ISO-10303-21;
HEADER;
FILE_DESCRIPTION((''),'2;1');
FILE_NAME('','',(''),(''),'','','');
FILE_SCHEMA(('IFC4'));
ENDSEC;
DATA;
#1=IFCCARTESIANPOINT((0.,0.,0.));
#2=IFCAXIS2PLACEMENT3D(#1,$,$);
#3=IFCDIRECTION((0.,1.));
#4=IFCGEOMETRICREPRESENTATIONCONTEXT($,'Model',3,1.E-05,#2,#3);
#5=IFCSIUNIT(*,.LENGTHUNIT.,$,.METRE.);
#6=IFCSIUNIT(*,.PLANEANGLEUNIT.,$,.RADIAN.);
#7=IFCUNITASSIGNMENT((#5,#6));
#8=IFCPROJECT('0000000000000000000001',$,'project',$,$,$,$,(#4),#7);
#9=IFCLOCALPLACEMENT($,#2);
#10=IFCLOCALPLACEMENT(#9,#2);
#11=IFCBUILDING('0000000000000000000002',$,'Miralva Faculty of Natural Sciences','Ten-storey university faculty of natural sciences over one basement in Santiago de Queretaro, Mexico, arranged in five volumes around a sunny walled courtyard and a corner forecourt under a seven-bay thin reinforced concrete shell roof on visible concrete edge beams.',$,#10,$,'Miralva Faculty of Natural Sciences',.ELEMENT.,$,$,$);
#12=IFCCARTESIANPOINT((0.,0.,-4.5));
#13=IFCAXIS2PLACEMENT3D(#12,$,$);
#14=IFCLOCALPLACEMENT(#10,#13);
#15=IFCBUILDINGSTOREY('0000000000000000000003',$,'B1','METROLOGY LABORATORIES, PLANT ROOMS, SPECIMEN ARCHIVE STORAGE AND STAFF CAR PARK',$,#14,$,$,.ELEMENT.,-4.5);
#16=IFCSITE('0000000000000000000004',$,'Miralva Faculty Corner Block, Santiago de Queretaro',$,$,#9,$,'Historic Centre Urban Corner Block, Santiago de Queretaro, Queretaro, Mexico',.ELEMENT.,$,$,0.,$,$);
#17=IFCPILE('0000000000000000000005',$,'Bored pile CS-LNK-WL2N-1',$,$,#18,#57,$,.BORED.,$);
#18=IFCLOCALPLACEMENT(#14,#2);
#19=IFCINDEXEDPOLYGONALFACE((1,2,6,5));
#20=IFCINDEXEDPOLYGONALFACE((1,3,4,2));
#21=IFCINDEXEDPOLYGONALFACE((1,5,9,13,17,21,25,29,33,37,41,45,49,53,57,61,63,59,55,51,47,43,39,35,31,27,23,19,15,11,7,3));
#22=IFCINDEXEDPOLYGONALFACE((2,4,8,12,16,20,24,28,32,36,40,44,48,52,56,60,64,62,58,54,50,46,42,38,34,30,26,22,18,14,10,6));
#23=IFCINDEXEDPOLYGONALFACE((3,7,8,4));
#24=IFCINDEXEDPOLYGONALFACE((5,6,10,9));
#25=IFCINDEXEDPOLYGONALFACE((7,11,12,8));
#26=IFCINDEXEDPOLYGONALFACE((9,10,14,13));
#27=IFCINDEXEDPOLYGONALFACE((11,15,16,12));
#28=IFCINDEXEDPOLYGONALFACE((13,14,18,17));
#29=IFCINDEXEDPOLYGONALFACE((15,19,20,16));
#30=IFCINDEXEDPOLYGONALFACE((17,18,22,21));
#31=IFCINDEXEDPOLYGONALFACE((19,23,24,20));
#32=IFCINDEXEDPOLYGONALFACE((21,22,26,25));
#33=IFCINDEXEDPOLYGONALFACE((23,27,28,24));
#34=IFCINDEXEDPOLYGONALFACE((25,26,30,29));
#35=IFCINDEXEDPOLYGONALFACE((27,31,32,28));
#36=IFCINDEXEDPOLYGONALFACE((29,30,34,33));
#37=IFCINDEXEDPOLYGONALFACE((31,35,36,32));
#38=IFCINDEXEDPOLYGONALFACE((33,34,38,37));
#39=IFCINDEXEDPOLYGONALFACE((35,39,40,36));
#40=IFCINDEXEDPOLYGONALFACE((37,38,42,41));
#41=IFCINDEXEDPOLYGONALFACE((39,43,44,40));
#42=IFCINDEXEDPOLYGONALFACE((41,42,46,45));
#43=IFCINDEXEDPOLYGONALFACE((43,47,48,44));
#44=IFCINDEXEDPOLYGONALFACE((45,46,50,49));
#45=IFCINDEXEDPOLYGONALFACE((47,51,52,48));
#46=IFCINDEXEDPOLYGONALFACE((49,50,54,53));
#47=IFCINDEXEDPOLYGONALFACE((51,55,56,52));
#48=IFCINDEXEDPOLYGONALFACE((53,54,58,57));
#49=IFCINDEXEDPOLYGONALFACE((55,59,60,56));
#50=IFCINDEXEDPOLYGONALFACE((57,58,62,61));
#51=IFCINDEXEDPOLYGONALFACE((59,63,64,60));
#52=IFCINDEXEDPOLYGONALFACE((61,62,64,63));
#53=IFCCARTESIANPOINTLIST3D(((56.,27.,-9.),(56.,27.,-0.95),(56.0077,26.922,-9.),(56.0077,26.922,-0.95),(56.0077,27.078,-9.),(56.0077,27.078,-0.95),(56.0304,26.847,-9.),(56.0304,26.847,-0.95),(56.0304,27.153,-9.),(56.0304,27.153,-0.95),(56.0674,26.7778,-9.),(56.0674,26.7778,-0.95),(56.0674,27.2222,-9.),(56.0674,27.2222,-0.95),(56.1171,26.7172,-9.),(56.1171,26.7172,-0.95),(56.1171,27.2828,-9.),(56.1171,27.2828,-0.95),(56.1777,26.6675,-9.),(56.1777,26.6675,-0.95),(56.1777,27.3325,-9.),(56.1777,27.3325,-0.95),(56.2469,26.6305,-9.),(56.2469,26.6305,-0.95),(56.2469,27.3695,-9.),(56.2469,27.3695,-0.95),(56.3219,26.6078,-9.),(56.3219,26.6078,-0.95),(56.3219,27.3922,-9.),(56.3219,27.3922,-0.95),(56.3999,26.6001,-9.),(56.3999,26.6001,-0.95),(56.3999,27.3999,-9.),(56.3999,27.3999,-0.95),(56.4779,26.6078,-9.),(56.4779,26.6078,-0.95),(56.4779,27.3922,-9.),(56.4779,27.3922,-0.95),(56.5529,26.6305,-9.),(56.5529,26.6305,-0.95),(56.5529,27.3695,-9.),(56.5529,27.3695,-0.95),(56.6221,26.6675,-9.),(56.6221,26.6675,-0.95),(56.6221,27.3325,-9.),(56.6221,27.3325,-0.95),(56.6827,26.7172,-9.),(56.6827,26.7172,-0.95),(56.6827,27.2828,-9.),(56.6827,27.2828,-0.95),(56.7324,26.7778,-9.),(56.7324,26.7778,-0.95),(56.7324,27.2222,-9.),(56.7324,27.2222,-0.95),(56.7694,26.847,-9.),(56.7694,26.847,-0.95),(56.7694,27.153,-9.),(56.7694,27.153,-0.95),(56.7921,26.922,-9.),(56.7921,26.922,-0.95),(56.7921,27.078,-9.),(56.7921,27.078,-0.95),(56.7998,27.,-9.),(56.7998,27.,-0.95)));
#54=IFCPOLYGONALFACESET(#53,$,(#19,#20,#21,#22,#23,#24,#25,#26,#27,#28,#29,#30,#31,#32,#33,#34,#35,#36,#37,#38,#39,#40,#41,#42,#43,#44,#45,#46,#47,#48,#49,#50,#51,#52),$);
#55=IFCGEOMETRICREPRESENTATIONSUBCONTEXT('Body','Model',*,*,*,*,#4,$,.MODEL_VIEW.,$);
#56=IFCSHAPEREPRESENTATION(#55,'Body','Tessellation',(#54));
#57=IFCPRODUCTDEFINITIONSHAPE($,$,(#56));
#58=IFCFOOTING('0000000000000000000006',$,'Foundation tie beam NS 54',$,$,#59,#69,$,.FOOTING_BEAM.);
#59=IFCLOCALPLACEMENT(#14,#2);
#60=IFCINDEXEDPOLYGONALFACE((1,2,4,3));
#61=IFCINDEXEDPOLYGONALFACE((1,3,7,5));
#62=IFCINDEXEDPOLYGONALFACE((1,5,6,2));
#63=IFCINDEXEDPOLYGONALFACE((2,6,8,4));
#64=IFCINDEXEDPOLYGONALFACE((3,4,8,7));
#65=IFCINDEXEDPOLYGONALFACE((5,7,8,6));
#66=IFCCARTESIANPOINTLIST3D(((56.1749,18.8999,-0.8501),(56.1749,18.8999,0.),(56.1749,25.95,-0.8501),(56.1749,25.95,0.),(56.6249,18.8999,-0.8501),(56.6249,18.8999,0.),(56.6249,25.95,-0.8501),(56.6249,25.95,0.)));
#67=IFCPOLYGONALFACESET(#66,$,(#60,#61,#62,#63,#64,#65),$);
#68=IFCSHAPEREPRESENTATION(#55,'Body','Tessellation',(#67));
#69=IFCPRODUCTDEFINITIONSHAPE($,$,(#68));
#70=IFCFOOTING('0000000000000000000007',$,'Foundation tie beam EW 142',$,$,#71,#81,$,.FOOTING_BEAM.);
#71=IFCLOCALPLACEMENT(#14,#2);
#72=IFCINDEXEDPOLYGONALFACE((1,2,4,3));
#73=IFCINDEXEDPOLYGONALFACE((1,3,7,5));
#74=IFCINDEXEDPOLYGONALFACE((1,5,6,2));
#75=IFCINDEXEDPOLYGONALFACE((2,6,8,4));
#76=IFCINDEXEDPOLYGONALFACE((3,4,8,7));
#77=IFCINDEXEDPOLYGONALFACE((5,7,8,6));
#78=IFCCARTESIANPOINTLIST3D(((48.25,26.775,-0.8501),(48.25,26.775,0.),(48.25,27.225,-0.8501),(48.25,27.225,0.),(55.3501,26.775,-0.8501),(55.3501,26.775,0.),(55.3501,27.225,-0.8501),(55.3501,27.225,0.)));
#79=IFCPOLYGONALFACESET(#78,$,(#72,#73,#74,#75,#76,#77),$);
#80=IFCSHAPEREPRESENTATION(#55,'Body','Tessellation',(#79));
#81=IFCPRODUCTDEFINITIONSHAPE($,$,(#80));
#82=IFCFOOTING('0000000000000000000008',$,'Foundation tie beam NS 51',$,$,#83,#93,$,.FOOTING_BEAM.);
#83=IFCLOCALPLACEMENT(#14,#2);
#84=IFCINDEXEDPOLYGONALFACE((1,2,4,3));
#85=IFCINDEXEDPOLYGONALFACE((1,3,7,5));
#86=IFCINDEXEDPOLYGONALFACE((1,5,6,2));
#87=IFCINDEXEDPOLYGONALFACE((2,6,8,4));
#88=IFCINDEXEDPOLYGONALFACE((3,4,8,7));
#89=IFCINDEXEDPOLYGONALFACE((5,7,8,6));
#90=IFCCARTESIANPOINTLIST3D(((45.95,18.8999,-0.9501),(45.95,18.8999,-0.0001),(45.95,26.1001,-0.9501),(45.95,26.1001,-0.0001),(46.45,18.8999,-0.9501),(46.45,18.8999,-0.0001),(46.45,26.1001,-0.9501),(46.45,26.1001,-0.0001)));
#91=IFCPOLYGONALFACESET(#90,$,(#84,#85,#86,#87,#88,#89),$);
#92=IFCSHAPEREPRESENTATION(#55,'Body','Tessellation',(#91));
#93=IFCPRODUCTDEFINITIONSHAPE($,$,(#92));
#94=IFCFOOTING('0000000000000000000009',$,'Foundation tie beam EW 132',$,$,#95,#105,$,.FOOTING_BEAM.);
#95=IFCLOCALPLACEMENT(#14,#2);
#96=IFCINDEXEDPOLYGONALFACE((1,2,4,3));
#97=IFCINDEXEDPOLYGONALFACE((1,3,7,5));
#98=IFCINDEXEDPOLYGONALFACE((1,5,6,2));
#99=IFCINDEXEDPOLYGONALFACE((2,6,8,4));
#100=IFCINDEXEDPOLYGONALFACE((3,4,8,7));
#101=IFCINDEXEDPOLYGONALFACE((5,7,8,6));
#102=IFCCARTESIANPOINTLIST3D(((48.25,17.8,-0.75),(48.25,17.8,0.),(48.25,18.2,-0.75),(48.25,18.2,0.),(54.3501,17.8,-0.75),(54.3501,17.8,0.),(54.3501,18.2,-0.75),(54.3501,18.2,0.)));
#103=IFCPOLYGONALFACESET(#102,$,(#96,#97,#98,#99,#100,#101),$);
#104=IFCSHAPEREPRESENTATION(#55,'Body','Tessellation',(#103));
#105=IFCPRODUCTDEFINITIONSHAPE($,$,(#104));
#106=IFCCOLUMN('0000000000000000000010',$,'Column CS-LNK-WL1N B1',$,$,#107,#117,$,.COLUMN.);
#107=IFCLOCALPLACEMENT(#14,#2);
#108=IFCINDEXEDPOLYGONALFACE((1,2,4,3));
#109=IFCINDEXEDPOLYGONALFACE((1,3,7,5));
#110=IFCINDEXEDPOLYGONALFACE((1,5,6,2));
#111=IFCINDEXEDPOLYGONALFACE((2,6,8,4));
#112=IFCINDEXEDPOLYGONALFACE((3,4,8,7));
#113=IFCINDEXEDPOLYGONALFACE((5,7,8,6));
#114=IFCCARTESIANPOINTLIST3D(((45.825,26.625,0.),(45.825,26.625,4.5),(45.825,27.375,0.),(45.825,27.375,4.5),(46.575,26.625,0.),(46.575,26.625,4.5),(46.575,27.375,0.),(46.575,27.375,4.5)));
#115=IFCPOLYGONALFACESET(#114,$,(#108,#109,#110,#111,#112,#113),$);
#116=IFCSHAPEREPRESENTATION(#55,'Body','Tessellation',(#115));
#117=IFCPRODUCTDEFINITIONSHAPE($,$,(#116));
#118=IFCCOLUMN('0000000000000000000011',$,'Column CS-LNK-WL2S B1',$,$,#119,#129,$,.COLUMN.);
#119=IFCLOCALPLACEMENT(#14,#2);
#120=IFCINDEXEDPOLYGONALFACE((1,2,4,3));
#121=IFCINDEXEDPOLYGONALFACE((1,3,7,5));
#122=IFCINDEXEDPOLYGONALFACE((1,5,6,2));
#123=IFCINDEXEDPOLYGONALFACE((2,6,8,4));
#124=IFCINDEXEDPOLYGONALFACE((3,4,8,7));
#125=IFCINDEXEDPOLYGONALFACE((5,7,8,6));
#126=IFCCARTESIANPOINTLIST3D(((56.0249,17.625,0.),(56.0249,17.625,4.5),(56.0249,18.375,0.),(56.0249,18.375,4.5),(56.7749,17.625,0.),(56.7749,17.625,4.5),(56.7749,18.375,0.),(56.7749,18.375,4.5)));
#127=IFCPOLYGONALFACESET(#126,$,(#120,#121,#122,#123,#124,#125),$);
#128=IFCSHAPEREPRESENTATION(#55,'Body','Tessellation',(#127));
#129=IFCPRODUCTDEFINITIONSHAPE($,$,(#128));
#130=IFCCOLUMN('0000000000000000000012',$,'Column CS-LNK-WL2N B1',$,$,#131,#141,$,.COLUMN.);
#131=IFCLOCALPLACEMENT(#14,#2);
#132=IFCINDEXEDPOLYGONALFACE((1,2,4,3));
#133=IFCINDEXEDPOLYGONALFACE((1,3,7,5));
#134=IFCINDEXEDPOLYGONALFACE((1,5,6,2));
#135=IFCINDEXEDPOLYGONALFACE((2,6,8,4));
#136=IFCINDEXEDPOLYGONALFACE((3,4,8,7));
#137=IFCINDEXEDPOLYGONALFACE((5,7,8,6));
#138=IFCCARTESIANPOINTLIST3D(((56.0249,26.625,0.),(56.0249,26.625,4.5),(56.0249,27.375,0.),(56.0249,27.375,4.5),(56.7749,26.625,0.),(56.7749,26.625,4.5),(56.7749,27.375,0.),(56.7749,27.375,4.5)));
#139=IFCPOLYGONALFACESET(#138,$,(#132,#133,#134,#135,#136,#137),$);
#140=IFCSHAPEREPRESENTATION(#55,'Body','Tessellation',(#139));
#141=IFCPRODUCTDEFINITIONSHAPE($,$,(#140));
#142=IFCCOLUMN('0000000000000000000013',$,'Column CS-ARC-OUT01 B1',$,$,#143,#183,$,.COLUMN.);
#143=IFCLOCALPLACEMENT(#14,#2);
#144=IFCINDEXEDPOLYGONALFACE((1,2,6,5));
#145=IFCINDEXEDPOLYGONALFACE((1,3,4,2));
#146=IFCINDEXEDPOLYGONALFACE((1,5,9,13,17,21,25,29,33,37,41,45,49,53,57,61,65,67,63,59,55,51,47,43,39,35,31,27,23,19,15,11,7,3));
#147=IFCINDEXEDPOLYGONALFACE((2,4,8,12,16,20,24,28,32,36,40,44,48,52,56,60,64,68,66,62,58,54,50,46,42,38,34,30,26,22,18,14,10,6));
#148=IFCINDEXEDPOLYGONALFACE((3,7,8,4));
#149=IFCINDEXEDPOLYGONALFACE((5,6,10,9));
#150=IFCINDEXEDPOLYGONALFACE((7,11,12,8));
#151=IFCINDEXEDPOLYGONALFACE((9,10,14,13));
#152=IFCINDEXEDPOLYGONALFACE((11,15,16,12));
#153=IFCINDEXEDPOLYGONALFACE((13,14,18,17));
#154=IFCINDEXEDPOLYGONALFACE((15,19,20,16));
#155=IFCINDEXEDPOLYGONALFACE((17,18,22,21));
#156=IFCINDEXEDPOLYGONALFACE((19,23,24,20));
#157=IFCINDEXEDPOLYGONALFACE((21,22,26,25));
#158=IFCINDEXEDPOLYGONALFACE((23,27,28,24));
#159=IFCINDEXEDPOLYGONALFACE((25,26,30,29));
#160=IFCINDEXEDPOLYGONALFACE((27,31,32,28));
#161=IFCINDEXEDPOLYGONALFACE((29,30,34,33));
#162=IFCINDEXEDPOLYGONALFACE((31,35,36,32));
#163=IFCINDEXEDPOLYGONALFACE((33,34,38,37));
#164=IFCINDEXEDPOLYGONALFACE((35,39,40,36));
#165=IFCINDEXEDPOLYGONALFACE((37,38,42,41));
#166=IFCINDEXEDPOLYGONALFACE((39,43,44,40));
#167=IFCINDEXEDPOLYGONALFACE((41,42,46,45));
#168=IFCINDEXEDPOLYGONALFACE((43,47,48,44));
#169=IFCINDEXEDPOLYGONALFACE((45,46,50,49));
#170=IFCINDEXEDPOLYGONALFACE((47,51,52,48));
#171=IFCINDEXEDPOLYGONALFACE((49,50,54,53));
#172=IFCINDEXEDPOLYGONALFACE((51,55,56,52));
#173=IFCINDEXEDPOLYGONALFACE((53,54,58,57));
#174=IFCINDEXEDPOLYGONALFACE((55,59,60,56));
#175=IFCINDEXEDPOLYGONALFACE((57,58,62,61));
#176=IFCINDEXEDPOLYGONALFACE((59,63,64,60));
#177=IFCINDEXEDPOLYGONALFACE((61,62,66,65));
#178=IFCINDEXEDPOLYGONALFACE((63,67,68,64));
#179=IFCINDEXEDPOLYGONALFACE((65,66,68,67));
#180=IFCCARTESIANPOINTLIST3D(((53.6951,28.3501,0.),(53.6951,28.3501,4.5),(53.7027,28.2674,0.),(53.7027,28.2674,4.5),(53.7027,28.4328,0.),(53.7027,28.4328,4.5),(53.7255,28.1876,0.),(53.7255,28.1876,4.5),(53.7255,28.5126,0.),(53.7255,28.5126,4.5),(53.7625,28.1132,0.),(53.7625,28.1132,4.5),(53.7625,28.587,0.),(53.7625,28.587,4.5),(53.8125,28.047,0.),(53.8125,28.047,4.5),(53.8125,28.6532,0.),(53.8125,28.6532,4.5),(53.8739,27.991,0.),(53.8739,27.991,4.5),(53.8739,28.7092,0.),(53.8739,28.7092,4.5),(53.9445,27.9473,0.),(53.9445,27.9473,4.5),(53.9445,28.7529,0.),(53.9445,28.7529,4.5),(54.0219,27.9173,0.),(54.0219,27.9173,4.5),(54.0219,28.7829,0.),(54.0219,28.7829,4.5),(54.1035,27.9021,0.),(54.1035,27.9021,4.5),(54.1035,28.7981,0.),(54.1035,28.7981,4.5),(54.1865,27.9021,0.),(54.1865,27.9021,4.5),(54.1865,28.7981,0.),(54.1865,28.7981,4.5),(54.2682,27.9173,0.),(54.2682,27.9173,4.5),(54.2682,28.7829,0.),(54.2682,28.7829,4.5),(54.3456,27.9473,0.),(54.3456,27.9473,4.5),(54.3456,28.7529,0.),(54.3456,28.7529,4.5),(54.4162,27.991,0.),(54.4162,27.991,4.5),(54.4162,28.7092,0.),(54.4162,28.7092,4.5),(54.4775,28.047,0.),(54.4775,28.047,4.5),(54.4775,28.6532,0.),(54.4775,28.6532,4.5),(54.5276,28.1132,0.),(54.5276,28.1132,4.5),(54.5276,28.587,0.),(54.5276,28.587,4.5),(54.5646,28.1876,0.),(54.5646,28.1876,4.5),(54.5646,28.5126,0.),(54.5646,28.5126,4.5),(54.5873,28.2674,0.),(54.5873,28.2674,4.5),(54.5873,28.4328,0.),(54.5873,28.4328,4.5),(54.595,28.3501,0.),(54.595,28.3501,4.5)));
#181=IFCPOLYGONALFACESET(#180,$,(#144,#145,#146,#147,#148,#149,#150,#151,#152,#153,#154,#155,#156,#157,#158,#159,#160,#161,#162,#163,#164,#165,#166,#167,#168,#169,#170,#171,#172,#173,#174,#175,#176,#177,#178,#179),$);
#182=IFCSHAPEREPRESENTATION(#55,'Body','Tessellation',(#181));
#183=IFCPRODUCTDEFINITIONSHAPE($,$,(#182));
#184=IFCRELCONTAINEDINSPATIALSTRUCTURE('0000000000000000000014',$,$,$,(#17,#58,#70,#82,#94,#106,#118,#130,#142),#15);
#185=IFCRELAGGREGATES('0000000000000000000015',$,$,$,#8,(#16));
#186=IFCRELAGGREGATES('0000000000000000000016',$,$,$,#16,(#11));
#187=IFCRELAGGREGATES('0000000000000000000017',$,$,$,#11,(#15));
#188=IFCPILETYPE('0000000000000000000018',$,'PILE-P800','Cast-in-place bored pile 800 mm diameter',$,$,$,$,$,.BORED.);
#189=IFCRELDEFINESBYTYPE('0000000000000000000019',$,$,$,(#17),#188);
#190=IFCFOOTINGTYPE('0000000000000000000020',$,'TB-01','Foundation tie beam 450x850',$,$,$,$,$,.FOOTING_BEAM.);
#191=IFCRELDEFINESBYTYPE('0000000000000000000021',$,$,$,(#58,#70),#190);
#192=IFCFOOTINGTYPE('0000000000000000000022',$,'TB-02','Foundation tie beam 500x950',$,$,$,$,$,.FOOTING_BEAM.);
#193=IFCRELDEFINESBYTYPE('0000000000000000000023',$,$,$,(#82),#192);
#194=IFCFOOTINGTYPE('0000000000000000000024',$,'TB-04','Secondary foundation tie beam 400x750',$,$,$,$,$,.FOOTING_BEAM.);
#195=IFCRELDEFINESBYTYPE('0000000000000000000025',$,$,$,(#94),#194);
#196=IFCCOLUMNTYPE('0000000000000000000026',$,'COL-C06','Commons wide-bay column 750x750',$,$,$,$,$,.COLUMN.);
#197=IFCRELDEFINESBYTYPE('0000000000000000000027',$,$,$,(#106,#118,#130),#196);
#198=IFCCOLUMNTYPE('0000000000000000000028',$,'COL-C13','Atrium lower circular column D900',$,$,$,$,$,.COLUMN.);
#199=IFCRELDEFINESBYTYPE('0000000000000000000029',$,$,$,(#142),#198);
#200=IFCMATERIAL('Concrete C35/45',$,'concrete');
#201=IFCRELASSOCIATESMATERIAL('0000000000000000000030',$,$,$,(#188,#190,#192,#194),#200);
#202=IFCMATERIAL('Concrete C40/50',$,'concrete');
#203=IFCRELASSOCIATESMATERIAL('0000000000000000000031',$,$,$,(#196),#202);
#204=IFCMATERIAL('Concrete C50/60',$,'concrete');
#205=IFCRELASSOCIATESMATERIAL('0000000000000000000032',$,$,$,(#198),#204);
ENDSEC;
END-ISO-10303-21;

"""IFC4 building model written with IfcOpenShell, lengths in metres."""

from ifc_helpers import new_model, si_unit, direction, frame, origin, origin_2d, place, context, subcontext, project, spatial, rectangle, circle, extrude, material, material_profile, profile_set, type_object, element, save


model = new_model("IFC4")

# Units and contexts
model_context = context("Model", 3, precision=1e-05, world=origin(), true_north=direction((0.0, 1.0)))
body_context = subcontext(model_context, "Body", "Model", "MODEL_VIEW")
ifc_project = project(units=[si_unit("LENGTHUNIT", "METRE"), si_unit("PLANEANGLEUNIT", "RADIAN")], contexts=[model_context])

# Site, building, storey
site_placement = place(None, origin())
site = spatial("IfcSite", under=ifc_project, at=site_placement, Name="Miralva Faculty Corner Block, Santiago de Queretaro", LongName="Historic Centre Urban Corner Block, Santiago de Queretaro, Queretaro, Mexico", CompositionType="ELEMENT", RefElevation=0.0)
building_placement = place(site_placement, origin())
building = spatial("IfcBuilding", under=site, at=building_placement, Name="Miralva Faculty of Natural Sciences", Description="Ten-storey university faculty of natural sciences over one basement in Santiago de Queretaro, Mexico, arranged in five volumes around a sunny walled courtyard and a corner forecourt under a seven-bay thin reinforced concrete shell roof on visible concrete edge beams.", LongName="Miralva Faculty of Natural Sciences", CompositionType="ELEMENT")
storey_placement = place(building_placement, frame((0.0, 0.0, -4.5)))
storey = spatial("IfcBuildingStorey", under=building, at=storey_placement, Name="B1", Description="METROLOGY LABORATORIES, PLANT ROOMS, SPECIMEN ARCHIVE STORAGE AND STAFF CAR PARK", CompositionType="ELEMENT", Elevation=-4.5)

# Shared definitions
ifc_material_1 = material(Name="Concrete C35/45", Category="concrete")

# Pile
ifc_material_profile_1 = material_profile(ifc_material_1, circle(Radius=0.3999, at=origin_2d()), Name="BORED PILE 800")
ifc_profile_set_1 = profile_set([ifc_material_profile_1], Name="Concrete C35/45")
pile_type_1 = type_object("IfcPileType", Name="PILE-P800", Description="Cast-in-place bored pile 800 mm diameter", PredefinedType="BORED", material=ifc_profile_set_1)
pile_1_placement = place(storey_placement, frame((56.3999, 27.0, -0.95), z_axis=(0.0, 0.0, -1.0), x_axis=(1.0, 0.0, 0.0)))
element("IfcPile", 1, at=pile_1_placement, inside=storey, type_object=pile_type_1, Name="Bored pile CS-LNK-WL2N-1", PredefinedType="BORED", context=body_context, shape_type="SweptSolid", body=[
    extrude(circle(Radius=0.3999, at=origin_2d()), origin(), (0.0, 0.0, 1.0), 8.05),
])

# Footings
ifc_material_profile_2 = material_profile(ifc_material_1, rectangle(XDim=0.45, YDim=0.8501, at=origin_2d()), Name="RC 450x850")
ifc_profile_set_2 = profile_set([ifc_material_profile_2], Name="Concrete C35/45")
footing_type_1 = type_object("IfcFootingType", Name="TB-01", Description="Foundation tie beam 450x850", PredefinedType="FOOTING_BEAM", material=ifc_profile_set_2)
footing_1_placement = place(storey_placement, frame((56.3999, 18.8999, -0.425), z_axis=(0.0, 1.0, 0.0), x_axis=(-1.0, 0.0, 0.0)))
element("IfcFooting", 2, at=footing_1_placement, inside=storey, type_object=footing_type_1, Name="Foundation tie beam NS 54", PredefinedType="FOOTING_BEAM", context=body_context, shape_type="SweptSolid", body=[
    extrude(rectangle(XDim=0.45, YDim=0.8501, at=origin_2d()), origin(), (0.0, 0.0, 1.0), 7.05),
])
footing_2_placement = place(storey_placement, frame((48.25, 27.0, -0.425), z_axis=(1.0, 0.0, 0.0), x_axis=(0.0, 1.0, 0.0)))
element("IfcFooting", 3, at=footing_2_placement, inside=storey, type_object=footing_type_1, Name="Foundation tie beam EW 142", PredefinedType="FOOTING_BEAM", context=body_context, shape_type="SweptSolid", body=[
    extrude(rectangle(XDim=0.45, YDim=0.8501, at=origin_2d()), origin(), (0.0, 0.0, 1.0), 7.1001),
])
ifc_material_profile_3 = material_profile(ifc_material_1, rectangle(XDim=0.5, YDim=0.95, at=origin_2d()), Name="RC 500x950")
ifc_profile_set_3 = profile_set([ifc_material_profile_3], Name="Concrete C35/45")
footing_type_2 = type_object("IfcFootingType", Name="TB-02", Description="Foundation tie beam 500x950", PredefinedType="FOOTING_BEAM", material=ifc_profile_set_3)
footing_3_placement = place(storey_placement, frame((46.2, 18.8999, -0.4751), z_axis=(0.0, 1.0, 0.0), x_axis=(-1.0, 0.0, 0.0)))
element("IfcFooting", 4, at=footing_3_placement, inside=storey, type_object=footing_type_2, Name="Foundation tie beam NS 51", PredefinedType="FOOTING_BEAM", context=body_context, shape_type="SweptSolid", body=[
    extrude(rectangle(XDim=0.5, YDim=0.95, at=origin_2d()), origin(), (0.0, 0.0, 1.0), 7.2002),
])
ifc_material_profile_4 = material_profile(ifc_material_1, rectangle(XDim=0.3999, YDim=0.75, at=origin_2d()), Name="RC 400x750")
ifc_profile_set_4 = profile_set([ifc_material_profile_4], Name="Concrete C35/45")
footing_type_3 = type_object("IfcFootingType", Name="TB-04", Description="Secondary foundation tie beam 400x750", PredefinedType="FOOTING_BEAM", material=ifc_profile_set_4)
footing_4_placement = place(storey_placement, frame((48.25, 18.0, -0.375), z_axis=(1.0, 0.0, 0.0), x_axis=(0.0, 1.0, 0.0)))
element("IfcFooting", 5, at=footing_4_placement, inside=storey, type_object=footing_type_3, Name="Foundation tie beam EW 132", PredefinedType="FOOTING_BEAM", context=body_context, shape_type="SweptSolid", body=[
    extrude(rectangle(XDim=0.3999, YDim=0.75, at=origin_2d()), origin(), (0.0, 0.0, 1.0), 6.1001),
])

# Columns
ifc_material_2 = material(Name="Concrete C40/50", Category="concrete")
ifc_material_profile_5 = material_profile(ifc_material_2, rectangle(XDim=0.75, YDim=0.75, at=origin_2d()), Name="RC 750x750")
ifc_profile_set_5 = profile_set([ifc_material_profile_5], Name="Concrete C40/50")
column_type_1 = type_object("IfcColumnType", Name="COL-C06", Description="Commons wide-bay column 750x750", PredefinedType="COLUMN", material=ifc_profile_set_5)
for number, where, z_axis, x_axis, name in (
    (6, (46.2, 27.0, 0.0), (0.0, 0.0, 1.0), (1.0, 0.0, 0.0), "Column CS-LNK-WL1N B1"),
    (7, (56.3999, 18.0, 0.0), (0.0, 0.0, 1.0), (1.0, 0.0, 0.0), "Column CS-LNK-WL2S B1"),
    (8, (56.3999, 27.0, 0.0), (0.0, 0.0, 1.0), (1.0, 0.0, 0.0), "Column CS-LNK-WL2N B1"),
):
    element("IfcColumn", number, at=place(storey_placement, frame(where, z_axis=z_axis, x_axis=x_axis)), inside=storey, type_object=column_type_1, Name=name, PredefinedType="COLUMN", context=body_context, shape_type="SweptSolid", body=[
        extrude(rectangle(XDim=0.75, YDim=0.75, at=origin_2d()), origin(), (0.0, 0.0, 1.0), 4.5),
    ])
ifc_material_3 = material(Name="Concrete C50/60", Category="concrete")
ifc_material_profile_6 = material_profile(ifc_material_3, circle(Radius=0.45, at=origin_2d()), Name="RC DIA 900")
ifc_profile_set_6 = profile_set([ifc_material_profile_6], Name="Concrete C50/60")
column_type_2 = type_object("IfcColumnType", Name="COL-C13", Description="Atrium lower circular column D900", PredefinedType="COLUMN", material=ifc_profile_set_6)
for number, where, z_axis, x_axis, name in (
    (9, (54.145, 28.3501, 0.0), (0.0, 0.0, 1.0), (1.0, 0.0, 0.0), "Column CS-ARC-OUT01 B1"),
):
    element("IfcColumn", number, at=place(storey_placement, frame(where, z_axis=z_axis, x_axis=x_axis)), inside=storey, type_object=column_type_2, Name=name, PredefinedType="COLUMN", context=body_context, shape_type="SweptSolid", body=[
        extrude(circle(Radius=0.45, at=origin_2d()), origin(), (0.0, 0.0, 1.0), 4.5),
    ])

save(model, "model.ifc")
